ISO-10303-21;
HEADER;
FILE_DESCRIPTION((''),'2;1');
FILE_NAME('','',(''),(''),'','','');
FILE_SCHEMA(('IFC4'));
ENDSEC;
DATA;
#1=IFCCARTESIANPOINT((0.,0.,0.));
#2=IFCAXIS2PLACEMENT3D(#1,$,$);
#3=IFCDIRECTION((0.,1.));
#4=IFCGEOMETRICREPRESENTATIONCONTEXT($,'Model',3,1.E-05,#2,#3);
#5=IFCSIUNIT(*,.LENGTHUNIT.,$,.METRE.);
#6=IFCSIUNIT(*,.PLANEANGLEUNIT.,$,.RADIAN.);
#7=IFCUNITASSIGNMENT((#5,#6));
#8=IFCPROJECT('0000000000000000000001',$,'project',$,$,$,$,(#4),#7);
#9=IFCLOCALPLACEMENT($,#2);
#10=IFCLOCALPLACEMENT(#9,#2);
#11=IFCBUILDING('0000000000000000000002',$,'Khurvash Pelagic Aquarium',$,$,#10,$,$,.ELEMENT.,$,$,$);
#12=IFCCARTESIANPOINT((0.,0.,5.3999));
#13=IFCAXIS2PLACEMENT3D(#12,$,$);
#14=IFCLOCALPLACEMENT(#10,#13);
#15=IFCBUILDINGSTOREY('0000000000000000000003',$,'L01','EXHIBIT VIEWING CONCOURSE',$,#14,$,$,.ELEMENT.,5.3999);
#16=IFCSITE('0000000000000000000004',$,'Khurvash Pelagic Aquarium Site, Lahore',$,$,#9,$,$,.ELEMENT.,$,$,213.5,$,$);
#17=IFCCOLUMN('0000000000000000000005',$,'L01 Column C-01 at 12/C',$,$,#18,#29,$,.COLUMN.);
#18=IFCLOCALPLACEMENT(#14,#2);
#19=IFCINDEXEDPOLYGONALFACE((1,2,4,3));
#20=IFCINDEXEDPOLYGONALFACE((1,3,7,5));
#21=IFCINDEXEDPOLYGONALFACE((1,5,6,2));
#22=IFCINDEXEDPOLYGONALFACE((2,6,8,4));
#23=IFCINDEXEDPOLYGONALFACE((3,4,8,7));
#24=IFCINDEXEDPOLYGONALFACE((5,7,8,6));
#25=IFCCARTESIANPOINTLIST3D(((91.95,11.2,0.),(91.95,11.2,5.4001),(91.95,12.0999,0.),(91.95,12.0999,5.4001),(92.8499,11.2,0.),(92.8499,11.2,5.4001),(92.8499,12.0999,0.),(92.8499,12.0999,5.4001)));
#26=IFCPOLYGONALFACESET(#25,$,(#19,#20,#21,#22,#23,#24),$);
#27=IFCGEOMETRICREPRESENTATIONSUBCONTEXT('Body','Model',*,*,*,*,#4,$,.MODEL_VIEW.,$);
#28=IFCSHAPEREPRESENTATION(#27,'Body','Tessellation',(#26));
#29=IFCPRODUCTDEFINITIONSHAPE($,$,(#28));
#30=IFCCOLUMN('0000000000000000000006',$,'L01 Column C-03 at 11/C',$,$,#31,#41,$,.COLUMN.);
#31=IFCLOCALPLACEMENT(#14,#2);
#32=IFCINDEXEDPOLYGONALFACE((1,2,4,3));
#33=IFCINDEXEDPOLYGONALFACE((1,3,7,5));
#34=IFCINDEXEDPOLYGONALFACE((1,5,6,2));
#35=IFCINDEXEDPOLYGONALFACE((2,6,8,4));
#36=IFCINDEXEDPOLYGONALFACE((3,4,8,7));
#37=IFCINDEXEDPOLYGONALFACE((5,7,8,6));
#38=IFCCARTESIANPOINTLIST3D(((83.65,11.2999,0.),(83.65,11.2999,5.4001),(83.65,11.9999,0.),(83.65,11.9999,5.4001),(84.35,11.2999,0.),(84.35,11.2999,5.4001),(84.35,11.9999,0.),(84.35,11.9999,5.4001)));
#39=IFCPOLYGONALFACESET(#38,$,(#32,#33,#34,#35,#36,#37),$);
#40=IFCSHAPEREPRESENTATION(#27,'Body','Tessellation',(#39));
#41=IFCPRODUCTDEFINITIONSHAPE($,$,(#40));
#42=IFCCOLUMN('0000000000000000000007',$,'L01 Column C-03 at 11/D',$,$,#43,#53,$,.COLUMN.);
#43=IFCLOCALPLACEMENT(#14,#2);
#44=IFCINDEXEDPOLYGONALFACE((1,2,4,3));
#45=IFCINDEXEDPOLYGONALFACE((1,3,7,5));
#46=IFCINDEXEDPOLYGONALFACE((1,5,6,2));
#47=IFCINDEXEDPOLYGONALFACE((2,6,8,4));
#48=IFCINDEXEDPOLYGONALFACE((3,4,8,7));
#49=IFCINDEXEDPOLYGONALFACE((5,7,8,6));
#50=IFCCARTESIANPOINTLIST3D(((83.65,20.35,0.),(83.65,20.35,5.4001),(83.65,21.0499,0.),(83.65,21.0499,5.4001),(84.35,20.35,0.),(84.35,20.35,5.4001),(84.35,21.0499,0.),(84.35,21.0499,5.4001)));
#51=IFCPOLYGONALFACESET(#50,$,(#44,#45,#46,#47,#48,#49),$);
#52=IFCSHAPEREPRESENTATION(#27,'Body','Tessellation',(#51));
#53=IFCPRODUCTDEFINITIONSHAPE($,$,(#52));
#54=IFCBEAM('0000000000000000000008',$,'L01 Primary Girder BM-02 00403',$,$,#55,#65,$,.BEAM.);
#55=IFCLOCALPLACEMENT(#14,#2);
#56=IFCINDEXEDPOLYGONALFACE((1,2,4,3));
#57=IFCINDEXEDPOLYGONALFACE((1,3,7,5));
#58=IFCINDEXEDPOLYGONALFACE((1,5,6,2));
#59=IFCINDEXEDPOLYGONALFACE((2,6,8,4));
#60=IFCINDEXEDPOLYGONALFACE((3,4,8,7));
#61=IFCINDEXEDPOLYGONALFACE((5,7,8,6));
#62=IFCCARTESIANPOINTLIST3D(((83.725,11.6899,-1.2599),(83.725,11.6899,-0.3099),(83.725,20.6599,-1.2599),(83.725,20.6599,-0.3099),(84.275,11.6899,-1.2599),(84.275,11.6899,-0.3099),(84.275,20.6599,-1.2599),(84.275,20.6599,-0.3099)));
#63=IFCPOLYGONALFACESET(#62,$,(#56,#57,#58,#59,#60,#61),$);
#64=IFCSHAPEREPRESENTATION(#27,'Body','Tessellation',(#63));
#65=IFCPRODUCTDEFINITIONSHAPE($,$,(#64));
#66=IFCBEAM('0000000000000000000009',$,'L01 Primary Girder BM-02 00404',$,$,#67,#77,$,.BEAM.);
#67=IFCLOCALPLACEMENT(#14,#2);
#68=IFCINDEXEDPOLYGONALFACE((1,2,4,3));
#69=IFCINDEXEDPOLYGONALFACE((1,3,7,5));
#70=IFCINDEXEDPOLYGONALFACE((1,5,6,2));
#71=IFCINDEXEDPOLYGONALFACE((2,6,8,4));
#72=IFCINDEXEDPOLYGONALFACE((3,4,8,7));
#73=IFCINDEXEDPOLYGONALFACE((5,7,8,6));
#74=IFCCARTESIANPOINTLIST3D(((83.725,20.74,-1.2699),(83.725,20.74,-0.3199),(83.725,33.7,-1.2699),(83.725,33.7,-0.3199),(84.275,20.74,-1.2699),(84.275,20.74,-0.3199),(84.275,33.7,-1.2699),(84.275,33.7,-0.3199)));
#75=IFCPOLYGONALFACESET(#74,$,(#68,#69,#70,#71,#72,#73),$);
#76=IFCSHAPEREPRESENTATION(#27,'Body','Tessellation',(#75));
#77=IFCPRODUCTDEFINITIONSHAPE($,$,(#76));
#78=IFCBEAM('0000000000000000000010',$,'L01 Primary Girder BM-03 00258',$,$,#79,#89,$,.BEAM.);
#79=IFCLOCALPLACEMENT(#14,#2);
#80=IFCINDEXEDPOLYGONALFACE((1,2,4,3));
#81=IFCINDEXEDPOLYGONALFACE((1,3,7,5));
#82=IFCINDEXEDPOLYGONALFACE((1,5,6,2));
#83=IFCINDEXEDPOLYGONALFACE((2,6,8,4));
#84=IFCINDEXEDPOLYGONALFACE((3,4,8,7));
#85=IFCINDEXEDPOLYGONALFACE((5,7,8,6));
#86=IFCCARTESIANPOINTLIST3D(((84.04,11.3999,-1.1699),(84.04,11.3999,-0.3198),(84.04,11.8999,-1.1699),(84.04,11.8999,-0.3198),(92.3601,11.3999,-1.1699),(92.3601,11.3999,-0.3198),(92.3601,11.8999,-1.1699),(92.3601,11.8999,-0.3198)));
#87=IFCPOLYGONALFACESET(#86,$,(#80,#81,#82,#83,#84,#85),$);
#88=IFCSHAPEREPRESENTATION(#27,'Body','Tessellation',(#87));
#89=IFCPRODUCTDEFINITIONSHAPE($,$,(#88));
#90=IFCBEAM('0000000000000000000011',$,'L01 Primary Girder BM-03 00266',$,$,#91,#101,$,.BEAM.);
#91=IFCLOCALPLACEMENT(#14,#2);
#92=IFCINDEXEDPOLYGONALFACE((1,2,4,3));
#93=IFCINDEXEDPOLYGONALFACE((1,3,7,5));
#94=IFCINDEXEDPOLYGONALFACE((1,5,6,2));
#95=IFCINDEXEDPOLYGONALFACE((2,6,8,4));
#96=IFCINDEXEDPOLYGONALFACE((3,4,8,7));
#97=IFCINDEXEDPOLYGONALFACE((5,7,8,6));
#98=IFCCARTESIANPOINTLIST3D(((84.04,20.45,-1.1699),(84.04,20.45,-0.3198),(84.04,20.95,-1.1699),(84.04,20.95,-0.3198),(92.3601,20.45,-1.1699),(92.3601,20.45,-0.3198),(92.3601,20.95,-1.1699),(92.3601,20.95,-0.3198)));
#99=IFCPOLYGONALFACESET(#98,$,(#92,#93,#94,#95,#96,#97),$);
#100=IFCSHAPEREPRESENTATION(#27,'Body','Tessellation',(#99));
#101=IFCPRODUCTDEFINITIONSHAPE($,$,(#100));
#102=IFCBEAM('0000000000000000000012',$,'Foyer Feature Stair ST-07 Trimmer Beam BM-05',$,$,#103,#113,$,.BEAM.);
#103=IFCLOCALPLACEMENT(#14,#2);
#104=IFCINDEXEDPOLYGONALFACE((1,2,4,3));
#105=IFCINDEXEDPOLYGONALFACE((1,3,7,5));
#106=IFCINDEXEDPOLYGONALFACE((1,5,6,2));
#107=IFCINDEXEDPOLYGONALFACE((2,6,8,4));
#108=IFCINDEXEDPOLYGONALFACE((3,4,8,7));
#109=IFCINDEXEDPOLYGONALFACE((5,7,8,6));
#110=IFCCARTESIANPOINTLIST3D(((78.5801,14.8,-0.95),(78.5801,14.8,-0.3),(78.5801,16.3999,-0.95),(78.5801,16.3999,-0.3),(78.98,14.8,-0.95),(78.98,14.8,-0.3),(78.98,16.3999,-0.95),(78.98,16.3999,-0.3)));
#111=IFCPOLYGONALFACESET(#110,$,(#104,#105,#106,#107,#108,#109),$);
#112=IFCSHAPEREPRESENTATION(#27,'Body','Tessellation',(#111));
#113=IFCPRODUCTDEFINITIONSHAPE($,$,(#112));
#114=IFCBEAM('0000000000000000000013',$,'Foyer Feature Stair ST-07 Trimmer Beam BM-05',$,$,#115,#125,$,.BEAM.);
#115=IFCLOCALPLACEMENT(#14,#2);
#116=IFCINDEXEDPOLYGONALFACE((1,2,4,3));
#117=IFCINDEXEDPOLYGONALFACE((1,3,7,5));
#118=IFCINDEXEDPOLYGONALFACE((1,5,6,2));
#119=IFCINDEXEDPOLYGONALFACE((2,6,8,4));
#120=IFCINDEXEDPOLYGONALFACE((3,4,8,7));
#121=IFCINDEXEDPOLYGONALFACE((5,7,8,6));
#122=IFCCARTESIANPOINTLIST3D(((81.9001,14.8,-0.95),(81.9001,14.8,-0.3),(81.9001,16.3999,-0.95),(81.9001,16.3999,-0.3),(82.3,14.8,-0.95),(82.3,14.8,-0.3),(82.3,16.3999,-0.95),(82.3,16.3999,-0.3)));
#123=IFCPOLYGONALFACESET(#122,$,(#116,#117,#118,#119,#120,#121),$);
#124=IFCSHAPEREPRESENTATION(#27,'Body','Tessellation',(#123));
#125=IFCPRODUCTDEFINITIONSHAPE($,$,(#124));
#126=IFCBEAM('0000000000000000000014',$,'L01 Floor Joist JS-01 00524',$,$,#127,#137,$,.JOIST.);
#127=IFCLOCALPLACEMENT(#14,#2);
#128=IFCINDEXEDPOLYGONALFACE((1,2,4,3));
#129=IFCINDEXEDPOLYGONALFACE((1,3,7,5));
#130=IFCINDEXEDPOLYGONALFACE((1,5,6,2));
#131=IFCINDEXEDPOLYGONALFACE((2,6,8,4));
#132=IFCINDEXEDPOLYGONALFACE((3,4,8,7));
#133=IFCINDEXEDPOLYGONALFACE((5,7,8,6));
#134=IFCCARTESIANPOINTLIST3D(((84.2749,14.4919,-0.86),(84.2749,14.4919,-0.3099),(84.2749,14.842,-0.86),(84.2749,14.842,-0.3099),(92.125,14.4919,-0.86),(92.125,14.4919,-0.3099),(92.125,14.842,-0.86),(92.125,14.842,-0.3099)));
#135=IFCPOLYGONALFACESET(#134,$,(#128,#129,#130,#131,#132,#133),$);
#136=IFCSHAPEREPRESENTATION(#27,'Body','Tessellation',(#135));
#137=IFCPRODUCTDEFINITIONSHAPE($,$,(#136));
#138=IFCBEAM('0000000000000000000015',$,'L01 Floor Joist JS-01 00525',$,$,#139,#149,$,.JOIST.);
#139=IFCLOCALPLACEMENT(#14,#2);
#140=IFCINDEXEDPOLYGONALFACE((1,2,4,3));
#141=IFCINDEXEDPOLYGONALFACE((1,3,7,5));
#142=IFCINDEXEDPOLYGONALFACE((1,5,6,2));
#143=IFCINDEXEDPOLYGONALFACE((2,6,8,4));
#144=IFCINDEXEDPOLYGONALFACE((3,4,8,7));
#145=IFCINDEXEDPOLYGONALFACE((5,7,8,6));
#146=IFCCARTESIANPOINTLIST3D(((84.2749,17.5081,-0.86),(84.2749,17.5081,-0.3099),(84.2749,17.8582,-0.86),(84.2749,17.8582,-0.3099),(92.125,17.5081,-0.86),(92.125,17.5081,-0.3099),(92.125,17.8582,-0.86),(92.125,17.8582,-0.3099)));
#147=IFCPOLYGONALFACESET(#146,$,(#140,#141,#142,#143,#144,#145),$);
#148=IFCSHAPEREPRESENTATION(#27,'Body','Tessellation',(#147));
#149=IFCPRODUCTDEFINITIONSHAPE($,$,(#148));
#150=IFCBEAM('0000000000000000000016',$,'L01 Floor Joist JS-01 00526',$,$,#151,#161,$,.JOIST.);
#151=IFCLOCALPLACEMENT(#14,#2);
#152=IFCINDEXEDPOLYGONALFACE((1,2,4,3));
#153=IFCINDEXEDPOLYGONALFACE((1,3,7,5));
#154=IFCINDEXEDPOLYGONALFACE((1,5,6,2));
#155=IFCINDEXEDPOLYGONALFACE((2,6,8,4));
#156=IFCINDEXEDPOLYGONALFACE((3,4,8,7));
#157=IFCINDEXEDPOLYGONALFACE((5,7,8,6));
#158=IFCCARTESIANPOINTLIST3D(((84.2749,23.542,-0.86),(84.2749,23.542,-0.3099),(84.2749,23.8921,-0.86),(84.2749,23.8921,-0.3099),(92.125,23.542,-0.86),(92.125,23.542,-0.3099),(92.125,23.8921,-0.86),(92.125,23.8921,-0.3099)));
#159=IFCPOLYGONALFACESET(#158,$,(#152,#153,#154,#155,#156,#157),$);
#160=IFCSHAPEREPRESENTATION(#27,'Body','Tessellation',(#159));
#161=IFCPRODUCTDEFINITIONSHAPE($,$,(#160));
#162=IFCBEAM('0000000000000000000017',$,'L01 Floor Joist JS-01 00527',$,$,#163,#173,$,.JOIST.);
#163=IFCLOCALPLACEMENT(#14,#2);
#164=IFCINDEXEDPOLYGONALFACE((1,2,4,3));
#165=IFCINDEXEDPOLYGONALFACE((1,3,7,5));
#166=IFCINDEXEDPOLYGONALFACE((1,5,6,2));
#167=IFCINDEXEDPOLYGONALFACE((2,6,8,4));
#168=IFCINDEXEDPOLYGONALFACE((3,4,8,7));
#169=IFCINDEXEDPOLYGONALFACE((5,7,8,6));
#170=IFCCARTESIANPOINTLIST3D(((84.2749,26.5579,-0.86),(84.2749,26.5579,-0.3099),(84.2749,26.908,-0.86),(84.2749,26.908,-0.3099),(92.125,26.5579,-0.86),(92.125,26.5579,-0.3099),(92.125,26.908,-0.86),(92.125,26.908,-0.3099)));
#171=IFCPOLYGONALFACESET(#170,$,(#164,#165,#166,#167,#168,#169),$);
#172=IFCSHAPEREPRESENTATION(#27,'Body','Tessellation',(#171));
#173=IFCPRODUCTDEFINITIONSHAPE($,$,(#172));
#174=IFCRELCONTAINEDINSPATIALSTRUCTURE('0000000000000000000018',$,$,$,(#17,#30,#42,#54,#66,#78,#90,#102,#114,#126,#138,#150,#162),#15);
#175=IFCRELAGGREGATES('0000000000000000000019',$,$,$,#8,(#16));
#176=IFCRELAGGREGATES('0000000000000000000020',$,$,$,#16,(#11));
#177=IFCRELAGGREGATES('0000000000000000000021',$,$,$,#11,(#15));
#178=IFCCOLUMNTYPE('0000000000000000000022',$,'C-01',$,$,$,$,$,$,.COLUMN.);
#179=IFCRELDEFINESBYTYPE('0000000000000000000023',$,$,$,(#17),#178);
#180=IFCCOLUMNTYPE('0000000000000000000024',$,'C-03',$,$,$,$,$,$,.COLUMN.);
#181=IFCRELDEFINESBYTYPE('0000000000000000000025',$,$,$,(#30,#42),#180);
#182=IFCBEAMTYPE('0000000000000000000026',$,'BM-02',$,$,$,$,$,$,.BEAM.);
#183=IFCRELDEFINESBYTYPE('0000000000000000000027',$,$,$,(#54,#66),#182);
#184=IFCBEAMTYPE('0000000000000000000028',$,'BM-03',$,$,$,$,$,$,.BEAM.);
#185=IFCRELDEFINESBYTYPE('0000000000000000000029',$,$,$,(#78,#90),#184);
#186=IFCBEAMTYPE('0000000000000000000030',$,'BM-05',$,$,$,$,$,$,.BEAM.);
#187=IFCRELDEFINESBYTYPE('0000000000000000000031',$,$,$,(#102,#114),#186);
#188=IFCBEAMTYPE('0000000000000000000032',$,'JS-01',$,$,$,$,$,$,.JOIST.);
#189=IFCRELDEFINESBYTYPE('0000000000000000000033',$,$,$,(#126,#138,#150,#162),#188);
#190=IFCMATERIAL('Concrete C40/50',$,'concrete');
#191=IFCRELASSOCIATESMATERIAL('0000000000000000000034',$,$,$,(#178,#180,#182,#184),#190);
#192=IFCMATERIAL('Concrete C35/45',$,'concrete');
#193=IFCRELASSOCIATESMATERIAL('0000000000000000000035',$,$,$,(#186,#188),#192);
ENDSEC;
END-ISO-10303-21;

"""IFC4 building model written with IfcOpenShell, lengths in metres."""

from ifc_helpers import new_model, si_unit, direction, frame, origin, origin_2d, place, context, subcontext, project, spatial, rectangle, extrude, material, material_profile, profile_set, type_object, element, save


model = new_model("IFC4")

# Units and contexts
model_context = context("Model", 3, precision=1e-05, world=origin(), true_north=direction((0.0, 1.0)))
body_context = subcontext(model_context, "Body", "Model", "MODEL_VIEW")
ifc_project = project(units=[si_unit("LENGTHUNIT", "METRE"), si_unit("PLANEANGLEUNIT", "RADIAN")], contexts=[model_context])

# Site, building, storey
site_placement = place(None, origin())
site = spatial("IfcSite", under=ifc_project, at=site_placement, Name="Khurvash Pelagic Aquarium Site, Lahore", CompositionType="ELEMENT", RefElevation=213.5)
building_placement = place(site_placement, origin())
building = spatial("IfcBuilding", under=site, at=building_placement, Name="Khurvash Pelagic Aquarium", CompositionType="ELEMENT")
storey_placement = place(building_placement, frame((0.0, 0.0, 5.3999)))
storey = spatial("IfcBuildingStorey", under=building, at=storey_placement, Name="L01", Description="EXHIBIT VIEWING CONCOURSE", CompositionType="ELEMENT", Elevation=5.3999)

# Columns
ifc_material_1 = material(Name="Concrete C40/50", Category="concrete")
ifc_material_profile_1 = material_profile(ifc_material_1, rectangle(XDim=0.8999, YDim=0.8999, at=origin_2d()), Name="RC900X900")
ifc_profile_set_1 = profile_set([ifc_material_profile_1], Name="Concrete C40/50")
column_type_1 = type_object("IfcColumnType", Name="C-01", PredefinedType="COLUMN", material=ifc_profile_set_1)
column_placement = place(storey_placement, frame((92.3999, 11.6499, 0.0), z_axis=(0.0, 0.0, 1.0), x_axis=(1.0, 0.0, 0.0)))
element("IfcColumn", 1, at=column_placement, inside=storey, type_object=column_type_1, Name="L01 Column C-01 at 12/C", PredefinedType="COLUMN", context=body_context, shape_type="SweptSolid", body=[
    extrude(rectangle(XDim=0.8999, YDim=0.8999, at=origin_2d()), origin(), (0.0, 0.0, 1.0), 5.4001),
])
ifc_material_profile_2 = material_profile(ifc_material_1, rectangle(XDim=0.7, YDim=0.7, at=origin_2d()), Name="RC700X700")
ifc_profile_set_2 = profile_set([ifc_material_profile_2], Name="Concrete C40/50")
column_type_2 = type_object("IfcColumnType", Name="C-03", PredefinedType="COLUMN", material=ifc_profile_set_2)
for number, where, z_axis, x_axis, name in (
    (2, (84.0, 11.6499, 0.0), (0.0, 0.0, 1.0), (1.0, 0.0, 0.0), "L01 Column C-03 at 11/C"),
    (3, (84.0, 20.7, 0.0), (0.0, 0.0, 1.0), (1.0, 0.0, 0.0), "L01 Column C-03 at 11/D"),
):
    element("IfcColumn", number, at=place(storey_placement, frame(where, z_axis=z_axis, x_axis=x_axis)), inside=storey, type_object=column_type_2, Name=name, PredefinedType="COLUMN", context=body_context, shape_type="SweptSolid", body=[
        extrude(rectangle(XDim=0.7, YDim=0.7, at=origin_2d()), origin(), (0.0, 0.0, 1.0), 5.4001),
    ])

# Beams
ifc_material_profile_3 = material_profile(ifc_material_1, rectangle(XDim=0.55, YDim=0.95, at=origin_2d()), Name="RC550X950")
ifc_profile_set_3 = profile_set([ifc_material_profile_3], Name="Concrete C40/50")
beam_type_1 = type_object("IfcBeamType", Name="BM-02", PredefinedType="BEAM", material=ifc_profile_set_3)
beam_1_placement = place(storey_placement, frame((84.0, 11.6899, -0.7849), z_axis=(0.0, 1.0, 0.0), x_axis=(-1.0, 0.0, 0.0)))
element("IfcBeam", 4, at=beam_1_placement, inside=storey, type_object=beam_type_1, Name="L01 Primary Girder BM-02 00403", PredefinedType="BEAM", context=body_context, shape_type="SweptSolid", body=[
    extrude(rectangle(XDim=0.55, YDim=0.95, at=origin_2d()), origin(), (0.0, 0.0, 1.0), 8.97),
])
beam_2_placement = place(storey_placement, frame((84.0, 20.74, -0.7949), z_axis=(0.0, 1.0, 0.0), x_axis=(-1.0, 0.0, 0.0)))
element("IfcBeam", 5, at=beam_2_placement, inside=storey, type_object=beam_type_1, Name="L01 Primary Girder BM-02 00404", PredefinedType="BEAM", context=body_context, shape_type="SweptSolid", body=[
    extrude(rectangle(XDim=0.55, YDim=0.95, at=origin_2d()), origin(), (0.0, 0.0, 1.0), 12.96),
])
ifc_material_profile_4 = material_profile(ifc_material_1, rectangle(XDim=0.5, YDim=0.8501, at=origin_2d()), Name="RC500X850")
ifc_profile_set_4 = profile_set([ifc_material_profile_4], Name="Concrete C40/50")
beam_type_2 = type_object("IfcBeamType", Name="BM-03", PredefinedType="BEAM", material=ifc_profile_set_4)
for number, where, z_axis, x_axis, name in (
    (6, (84.04, 11.6499, -0.7449), (1.0, 0.0, 0.0), (0.0, 1.0, 0.0), "L01 Primary Girder BM-03 00258"),
    (7, (84.04, 20.7, -0.7449), (1.0, 0.0, 0.0), (0.0, 1.0, 0.0), "L01 Primary Girder BM-03 00266"),
):
    element("IfcBeam", number, at=place(storey_placement, frame(where, z_axis=z_axis, x_axis=x_axis)), inside=storey, type_object=beam_type_2, Name=name, PredefinedType="BEAM", context=body_context, shape_type="SweptSolid", body=[
        extrude(rectangle(XDim=0.5, YDim=0.8501, at=origin_2d()), origin(), (0.0, 0.0, 1.0), 8.3201),
    ])
ifc_material_2 = material(Name="Concrete C35/45", Category="concrete")
ifc_material_profile_5 = material_profile(ifc_material_2, rectangle(XDim=0.3999, YDim=0.6499, at=origin_2d()), Name="RC400X650")
ifc_profile_set_5 = profile_set([ifc_material_profile_5], Name="Concrete C35/45")
beam_type_3 = type_object("IfcBeamType", Name="BM-05", PredefinedType="BEAM", material=ifc_profile_set_5)
for number, where, z_axis, x_axis, name in (
    (8, (78.78, 14.8, -0.625), (0.0, 1.0, 0.0), (-1.0, 0.0, 0.0), "Foyer Feature Stair ST-07 Trimmer Beam BM-05"),
    (9, (82.1001, 14.8, -0.625), (0.0, 1.0, 0.0), (-1.0, 0.0, 0.0), "Foyer Feature Stair ST-07 Trimmer Beam BM-05"),
):
    element("IfcBeam", number, at=place(storey_placement, frame(where, z_axis=z_axis, x_axis=x_axis)), inside=storey, type_object=beam_type_3, Name=name, PredefinedType="BEAM", context=body_context, shape_type="SweptSolid", body=[
        extrude(rectangle(XDim=0.3999, YDim=0.6499, at=origin_2d()), origin(), (0.0, 0.0, 1.0), 1.5999),
    ])
ifc_material_profile_6 = material_profile(ifc_material_2, rectangle(XDim=0.3501, YDim=0.55, at=origin_2d()), Name="RC350X550")
ifc_profile_set_6 = profile_set([ifc_material_profile_6], Name="Concrete C35/45")
beam_type_4 = type_object("IfcBeamType", Name="JS-01", PredefinedType="JOIST", material=ifc_profile_set_6)
for number, where, z_axis, x_axis, name in (
    (10, (84.2749, 14.667, -0.585), (1.0, 0.0, 0.0), (0.0, 1.0, 0.0), "L01 Floor Joist JS-01 00524"),
    (11, (84.2749, 17.6831, -0.585), (1.0, 0.0, 0.0), (0.0, 1.0, 0.0), "L01 Floor Joist JS-01 00525"),
    (12, (84.2749, 23.717, -0.585), (1.0, 0.0, 0.0), (0.0, 1.0, 0.0), "L01 Floor Joist JS-01 00526"),
    (13, (84.2749, 26.7329, -0.585), (1.0, 0.0, 0.0), (0.0, 1.0, 0.0), "L01 Floor Joist JS-01 00527"),
):
    element("IfcBeam", number, at=place(storey_placement, frame(where, z_axis=z_axis, x_axis=x_axis)), inside=storey, type_object=beam_type_4, Name=name, PredefinedType="JOIST", context=body_context, shape_type="SweptSolid", body=[
        extrude(rectangle(XDim=0.3501, YDim=0.55, at=origin_2d()), origin(), (0.0, 0.0, 1.0), 7.8501),
    ])

save(model, "model.ifc")
